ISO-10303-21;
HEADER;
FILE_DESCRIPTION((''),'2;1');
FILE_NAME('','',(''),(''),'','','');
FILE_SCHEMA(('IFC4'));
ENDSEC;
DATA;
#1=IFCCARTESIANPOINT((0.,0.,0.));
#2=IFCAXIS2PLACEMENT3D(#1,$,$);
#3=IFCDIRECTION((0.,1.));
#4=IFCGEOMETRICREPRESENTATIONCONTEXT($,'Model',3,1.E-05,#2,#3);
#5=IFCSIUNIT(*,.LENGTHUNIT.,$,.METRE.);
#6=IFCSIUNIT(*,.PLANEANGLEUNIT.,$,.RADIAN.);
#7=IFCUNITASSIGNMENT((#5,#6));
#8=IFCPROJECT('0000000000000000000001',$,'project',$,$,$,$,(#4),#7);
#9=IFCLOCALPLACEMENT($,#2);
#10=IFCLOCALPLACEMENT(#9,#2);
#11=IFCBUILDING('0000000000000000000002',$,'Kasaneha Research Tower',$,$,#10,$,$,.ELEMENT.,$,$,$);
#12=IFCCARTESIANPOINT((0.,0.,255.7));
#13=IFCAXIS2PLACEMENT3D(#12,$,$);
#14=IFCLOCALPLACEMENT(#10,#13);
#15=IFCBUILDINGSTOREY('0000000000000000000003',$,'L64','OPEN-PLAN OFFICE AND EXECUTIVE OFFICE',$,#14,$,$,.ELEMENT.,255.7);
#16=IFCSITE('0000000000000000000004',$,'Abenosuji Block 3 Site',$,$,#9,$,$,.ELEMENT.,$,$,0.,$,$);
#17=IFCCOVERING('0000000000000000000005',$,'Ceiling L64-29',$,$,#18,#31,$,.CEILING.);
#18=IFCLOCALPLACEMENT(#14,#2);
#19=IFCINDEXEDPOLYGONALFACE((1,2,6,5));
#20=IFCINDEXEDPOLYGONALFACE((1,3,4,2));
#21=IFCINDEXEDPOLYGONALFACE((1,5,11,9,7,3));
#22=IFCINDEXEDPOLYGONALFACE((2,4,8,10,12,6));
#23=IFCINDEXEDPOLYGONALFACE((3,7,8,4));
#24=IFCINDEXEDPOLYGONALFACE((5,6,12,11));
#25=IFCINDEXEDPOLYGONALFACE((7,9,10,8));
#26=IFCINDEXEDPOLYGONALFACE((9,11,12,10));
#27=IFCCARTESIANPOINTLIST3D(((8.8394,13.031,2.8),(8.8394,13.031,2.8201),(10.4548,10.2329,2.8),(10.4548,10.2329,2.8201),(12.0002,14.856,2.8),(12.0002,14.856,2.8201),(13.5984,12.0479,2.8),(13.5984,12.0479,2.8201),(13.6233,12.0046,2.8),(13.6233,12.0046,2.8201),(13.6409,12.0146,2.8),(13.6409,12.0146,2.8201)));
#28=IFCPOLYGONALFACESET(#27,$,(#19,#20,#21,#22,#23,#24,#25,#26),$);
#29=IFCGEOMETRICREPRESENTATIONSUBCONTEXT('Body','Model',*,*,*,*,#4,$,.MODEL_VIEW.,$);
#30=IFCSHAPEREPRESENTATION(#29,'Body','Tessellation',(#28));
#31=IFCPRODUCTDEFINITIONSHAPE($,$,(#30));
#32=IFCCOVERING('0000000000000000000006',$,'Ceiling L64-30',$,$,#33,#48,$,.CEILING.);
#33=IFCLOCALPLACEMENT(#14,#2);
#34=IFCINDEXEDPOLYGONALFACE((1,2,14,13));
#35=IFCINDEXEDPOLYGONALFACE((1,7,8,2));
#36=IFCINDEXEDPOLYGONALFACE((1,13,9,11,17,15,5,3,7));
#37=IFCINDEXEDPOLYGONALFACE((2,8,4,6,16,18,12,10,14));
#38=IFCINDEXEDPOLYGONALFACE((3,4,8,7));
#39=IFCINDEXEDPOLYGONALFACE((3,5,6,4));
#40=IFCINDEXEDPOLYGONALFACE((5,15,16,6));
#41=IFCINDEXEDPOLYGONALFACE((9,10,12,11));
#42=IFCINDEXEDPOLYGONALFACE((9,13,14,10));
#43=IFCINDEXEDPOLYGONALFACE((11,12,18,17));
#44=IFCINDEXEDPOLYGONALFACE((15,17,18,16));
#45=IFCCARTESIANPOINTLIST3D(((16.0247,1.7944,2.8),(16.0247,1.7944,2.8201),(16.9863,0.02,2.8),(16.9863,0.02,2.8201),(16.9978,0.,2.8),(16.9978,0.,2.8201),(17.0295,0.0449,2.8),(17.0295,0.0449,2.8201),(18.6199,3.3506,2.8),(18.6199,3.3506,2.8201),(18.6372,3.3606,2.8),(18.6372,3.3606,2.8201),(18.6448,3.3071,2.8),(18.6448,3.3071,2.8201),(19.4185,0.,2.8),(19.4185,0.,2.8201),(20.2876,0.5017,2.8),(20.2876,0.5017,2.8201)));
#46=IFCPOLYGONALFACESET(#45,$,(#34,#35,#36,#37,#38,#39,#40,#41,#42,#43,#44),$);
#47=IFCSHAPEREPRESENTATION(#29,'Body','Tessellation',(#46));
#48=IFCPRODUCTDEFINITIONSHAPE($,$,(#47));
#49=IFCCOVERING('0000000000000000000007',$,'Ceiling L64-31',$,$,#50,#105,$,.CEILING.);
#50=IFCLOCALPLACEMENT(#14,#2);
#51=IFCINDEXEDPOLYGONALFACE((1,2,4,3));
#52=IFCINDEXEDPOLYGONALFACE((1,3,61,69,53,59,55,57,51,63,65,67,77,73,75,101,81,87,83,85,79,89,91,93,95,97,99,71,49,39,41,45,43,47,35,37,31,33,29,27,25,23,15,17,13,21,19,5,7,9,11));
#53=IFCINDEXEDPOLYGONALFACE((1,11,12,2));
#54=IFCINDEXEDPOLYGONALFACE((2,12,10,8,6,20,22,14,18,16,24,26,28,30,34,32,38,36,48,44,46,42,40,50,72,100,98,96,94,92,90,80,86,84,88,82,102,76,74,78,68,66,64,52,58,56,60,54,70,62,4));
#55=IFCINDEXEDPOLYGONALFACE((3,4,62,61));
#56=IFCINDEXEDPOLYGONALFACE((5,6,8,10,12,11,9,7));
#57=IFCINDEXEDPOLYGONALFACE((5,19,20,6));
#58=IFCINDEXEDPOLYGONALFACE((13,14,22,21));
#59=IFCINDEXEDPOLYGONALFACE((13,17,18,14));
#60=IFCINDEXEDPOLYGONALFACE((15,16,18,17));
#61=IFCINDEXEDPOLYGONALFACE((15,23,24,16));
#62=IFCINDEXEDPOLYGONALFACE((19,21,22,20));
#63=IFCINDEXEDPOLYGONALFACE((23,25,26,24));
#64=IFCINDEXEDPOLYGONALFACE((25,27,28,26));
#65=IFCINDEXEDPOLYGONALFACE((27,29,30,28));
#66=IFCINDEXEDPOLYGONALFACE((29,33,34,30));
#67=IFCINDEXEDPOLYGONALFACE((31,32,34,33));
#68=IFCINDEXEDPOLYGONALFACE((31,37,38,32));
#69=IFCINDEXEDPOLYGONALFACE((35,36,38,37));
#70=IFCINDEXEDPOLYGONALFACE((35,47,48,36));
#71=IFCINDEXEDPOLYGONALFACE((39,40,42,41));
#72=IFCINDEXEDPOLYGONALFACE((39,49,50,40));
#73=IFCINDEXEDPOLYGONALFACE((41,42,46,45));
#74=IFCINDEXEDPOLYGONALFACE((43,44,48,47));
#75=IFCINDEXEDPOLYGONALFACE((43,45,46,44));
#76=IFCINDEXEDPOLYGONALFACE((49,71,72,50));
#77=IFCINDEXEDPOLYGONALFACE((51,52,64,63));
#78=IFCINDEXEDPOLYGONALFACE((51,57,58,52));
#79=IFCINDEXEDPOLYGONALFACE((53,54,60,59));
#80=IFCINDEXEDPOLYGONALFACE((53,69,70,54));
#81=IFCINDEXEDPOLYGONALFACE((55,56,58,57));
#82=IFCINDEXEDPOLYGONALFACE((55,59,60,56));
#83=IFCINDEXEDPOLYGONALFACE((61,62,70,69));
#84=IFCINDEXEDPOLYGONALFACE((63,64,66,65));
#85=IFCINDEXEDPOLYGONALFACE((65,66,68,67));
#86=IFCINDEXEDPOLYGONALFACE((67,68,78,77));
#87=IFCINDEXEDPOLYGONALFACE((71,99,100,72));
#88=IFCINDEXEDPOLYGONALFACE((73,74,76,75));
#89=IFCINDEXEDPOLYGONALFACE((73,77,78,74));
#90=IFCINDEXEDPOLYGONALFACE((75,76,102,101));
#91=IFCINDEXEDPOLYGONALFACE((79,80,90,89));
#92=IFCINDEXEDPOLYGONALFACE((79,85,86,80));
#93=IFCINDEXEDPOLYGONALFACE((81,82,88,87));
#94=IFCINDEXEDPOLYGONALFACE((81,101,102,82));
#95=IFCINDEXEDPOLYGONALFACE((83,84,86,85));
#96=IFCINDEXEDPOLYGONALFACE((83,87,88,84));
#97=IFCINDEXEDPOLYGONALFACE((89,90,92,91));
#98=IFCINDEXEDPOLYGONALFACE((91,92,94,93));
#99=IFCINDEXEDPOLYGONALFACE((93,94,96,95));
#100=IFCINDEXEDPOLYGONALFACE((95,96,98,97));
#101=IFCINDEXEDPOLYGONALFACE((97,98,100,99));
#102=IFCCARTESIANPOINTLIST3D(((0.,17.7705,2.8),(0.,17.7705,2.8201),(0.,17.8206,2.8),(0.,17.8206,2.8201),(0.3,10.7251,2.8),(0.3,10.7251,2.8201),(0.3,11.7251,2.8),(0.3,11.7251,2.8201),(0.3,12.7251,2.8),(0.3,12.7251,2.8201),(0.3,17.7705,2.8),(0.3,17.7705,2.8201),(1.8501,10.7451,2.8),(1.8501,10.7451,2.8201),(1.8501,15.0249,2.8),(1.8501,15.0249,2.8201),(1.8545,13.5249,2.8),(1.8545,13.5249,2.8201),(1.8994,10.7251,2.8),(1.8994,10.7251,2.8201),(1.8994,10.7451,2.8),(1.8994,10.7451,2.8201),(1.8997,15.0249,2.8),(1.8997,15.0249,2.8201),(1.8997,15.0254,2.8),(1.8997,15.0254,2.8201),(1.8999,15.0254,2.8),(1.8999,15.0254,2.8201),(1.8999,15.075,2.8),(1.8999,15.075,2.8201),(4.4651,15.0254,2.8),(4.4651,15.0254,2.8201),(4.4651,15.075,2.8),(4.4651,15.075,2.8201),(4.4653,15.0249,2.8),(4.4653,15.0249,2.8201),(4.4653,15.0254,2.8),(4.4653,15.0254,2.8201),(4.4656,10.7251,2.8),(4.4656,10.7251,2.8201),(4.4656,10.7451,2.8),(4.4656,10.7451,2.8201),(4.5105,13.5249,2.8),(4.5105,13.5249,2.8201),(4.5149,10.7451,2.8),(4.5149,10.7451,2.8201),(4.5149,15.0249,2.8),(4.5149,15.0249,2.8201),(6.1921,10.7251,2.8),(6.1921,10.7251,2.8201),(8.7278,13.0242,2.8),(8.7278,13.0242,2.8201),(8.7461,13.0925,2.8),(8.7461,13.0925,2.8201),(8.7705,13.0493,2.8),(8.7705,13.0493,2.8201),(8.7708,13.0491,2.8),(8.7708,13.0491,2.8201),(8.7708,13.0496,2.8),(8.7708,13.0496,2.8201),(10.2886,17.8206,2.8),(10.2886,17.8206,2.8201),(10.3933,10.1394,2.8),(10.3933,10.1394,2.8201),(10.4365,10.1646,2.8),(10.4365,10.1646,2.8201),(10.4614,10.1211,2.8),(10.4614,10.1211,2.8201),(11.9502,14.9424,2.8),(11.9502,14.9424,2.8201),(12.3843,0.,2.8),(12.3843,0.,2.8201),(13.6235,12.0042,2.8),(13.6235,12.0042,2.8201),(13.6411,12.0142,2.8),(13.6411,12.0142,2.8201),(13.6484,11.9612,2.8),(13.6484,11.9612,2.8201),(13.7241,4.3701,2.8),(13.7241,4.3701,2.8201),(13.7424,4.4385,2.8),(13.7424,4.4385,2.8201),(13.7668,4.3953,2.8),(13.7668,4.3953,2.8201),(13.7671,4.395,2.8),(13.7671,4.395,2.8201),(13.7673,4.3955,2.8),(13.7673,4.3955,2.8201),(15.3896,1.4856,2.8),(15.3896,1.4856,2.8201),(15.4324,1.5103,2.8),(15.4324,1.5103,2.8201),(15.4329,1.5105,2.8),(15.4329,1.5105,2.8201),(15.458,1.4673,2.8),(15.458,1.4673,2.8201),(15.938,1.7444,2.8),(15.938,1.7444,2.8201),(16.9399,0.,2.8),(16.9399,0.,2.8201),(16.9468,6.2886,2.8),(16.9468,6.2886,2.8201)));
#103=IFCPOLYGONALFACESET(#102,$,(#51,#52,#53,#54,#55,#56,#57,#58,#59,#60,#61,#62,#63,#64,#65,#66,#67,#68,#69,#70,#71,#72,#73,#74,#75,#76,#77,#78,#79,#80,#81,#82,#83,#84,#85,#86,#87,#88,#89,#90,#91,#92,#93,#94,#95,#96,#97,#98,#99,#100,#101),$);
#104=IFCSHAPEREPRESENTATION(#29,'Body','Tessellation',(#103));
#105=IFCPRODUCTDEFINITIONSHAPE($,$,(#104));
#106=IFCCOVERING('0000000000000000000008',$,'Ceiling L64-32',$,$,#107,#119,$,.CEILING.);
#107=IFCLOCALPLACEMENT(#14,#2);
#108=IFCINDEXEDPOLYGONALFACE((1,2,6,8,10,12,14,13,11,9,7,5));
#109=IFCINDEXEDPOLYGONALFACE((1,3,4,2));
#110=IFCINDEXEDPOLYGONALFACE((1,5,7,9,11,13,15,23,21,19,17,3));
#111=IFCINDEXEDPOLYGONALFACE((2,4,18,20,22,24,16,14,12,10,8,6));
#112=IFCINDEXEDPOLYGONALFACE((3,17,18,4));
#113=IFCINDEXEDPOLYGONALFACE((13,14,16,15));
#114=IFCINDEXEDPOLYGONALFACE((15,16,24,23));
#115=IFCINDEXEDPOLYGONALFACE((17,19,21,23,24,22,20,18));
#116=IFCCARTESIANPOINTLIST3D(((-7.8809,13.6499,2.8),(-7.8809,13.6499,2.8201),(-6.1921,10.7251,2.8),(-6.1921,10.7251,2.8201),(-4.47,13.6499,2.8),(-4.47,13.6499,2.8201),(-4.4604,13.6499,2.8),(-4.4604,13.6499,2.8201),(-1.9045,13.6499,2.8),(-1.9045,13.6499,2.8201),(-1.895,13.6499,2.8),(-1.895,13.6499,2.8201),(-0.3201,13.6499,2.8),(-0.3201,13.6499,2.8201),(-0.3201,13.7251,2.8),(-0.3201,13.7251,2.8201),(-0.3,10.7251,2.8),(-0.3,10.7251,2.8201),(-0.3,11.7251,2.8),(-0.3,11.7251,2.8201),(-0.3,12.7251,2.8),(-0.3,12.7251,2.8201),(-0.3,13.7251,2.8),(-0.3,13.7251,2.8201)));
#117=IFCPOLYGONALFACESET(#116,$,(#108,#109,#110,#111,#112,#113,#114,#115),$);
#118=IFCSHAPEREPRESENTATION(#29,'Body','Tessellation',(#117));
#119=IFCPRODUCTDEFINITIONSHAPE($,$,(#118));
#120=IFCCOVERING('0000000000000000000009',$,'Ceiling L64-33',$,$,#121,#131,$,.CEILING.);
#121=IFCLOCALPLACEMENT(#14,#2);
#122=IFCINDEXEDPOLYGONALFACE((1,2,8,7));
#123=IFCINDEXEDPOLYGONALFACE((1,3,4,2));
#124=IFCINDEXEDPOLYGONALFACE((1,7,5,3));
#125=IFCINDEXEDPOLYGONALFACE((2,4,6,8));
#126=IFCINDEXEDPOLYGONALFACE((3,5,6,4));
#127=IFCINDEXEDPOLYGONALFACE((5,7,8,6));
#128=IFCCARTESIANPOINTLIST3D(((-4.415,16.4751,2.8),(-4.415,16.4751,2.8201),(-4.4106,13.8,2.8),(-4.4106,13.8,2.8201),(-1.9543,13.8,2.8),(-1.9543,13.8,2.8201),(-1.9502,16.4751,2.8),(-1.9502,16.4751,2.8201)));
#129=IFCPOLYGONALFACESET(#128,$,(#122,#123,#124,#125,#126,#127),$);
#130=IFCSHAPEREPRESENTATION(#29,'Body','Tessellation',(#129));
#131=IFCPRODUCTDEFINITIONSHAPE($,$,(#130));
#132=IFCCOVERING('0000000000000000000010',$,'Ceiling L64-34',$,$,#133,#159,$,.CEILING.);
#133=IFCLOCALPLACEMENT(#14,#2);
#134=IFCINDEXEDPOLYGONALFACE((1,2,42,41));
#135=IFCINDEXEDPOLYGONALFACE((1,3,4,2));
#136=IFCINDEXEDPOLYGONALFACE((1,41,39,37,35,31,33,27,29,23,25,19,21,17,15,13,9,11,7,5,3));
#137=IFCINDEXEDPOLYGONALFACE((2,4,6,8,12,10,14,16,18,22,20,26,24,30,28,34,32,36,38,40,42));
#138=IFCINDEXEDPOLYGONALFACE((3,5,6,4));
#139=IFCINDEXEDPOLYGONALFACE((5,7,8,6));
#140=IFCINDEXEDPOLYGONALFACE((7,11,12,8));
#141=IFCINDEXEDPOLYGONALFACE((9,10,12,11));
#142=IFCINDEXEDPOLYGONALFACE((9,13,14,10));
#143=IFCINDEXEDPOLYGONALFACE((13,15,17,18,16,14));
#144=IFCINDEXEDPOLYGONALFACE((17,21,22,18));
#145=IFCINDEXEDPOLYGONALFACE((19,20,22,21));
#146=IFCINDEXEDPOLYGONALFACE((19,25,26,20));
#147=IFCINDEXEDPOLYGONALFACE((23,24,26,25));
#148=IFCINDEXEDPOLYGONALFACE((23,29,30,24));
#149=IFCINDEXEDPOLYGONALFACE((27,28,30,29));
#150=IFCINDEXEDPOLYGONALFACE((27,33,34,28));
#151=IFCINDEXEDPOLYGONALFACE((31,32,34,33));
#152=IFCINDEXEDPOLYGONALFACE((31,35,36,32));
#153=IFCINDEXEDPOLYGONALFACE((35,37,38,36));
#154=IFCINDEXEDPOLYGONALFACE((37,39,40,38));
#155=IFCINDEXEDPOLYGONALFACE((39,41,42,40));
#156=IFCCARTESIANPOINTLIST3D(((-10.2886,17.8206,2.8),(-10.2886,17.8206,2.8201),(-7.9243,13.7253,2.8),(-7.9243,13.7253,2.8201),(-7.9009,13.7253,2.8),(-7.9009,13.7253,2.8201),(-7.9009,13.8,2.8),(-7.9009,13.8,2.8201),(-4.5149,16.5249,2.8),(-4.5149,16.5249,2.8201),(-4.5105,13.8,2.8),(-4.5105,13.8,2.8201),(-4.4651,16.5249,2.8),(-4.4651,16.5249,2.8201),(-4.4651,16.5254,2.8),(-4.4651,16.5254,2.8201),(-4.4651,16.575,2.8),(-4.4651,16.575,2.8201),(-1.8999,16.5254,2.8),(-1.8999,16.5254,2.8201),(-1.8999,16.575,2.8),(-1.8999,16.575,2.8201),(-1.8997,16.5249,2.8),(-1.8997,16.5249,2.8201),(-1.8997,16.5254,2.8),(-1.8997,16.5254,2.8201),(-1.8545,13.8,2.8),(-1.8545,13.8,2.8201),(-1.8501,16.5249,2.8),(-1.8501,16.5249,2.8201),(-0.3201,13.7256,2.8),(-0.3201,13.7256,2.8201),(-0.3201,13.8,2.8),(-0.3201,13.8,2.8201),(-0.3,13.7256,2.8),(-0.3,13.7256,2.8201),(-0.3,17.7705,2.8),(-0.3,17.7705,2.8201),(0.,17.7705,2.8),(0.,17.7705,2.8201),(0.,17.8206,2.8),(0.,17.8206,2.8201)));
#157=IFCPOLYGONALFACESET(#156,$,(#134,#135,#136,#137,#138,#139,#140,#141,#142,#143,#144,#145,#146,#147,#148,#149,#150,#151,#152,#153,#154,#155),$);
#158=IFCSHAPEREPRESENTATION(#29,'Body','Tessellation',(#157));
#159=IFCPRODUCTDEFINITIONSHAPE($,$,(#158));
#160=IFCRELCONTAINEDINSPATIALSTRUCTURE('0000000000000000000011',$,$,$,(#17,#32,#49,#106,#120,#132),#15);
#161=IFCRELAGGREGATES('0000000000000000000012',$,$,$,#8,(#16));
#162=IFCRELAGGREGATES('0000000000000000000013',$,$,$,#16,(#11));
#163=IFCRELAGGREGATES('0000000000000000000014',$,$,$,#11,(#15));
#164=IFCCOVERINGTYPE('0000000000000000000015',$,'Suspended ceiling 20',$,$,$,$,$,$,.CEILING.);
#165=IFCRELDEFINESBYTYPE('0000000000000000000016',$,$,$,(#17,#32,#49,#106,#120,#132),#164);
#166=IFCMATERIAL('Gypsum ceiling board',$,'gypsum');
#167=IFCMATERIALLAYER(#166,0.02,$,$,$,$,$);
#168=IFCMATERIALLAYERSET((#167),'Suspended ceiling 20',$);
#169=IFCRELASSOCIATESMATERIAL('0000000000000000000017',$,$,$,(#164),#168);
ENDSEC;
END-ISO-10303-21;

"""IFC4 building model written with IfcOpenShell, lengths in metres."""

from ifc_helpers import new_model, si_unit, direction, frame, origin, place, context, subcontext, project, spatial, polyline, outline, extrude, material, layer, layer_set, type_object, element, save


model = new_model("IFC4")

# Units and contexts
model_context = context("Model", 3, precision=1e-05, world=origin(), true_north=direction((0.0, 1.0)))
body_context = subcontext(model_context, "Body", "Model", "MODEL_VIEW")
ifc_project = project(units=[si_unit("LENGTHUNIT", "METRE"), si_unit("PLANEANGLEUNIT", "RADIAN")], contexts=[model_context])

# Site, building, storey
site_placement = place(None, origin())
site = spatial("IfcSite", under=ifc_project, at=site_placement, Name="Abenosuji Block 3 Site", CompositionType="ELEMENT", RefElevation=0.0)
building_placement = place(site_placement, origin())
building = spatial("IfcBuilding", under=site, at=building_placement, Name="Kasaneha Research Tower", CompositionType="ELEMENT")
storey_placement = place(building_placement, frame((0.0, 0.0, 255.7)))
storey = spatial("IfcBuildingStorey", under=building, at=storey_placement, Name="L64", Description="OPEN-PLAN OFFICE AND EXECUTIVE OFFICE", CompositionType="ELEMENT", Elevation=255.7)

# Coverings
ifc_material_1 = material(Name="Gypsum ceiling board", Category="gypsum")
ifc_layer_1 = layer(ifc_material_1, 0.02)
ifc_layer_set_1 = layer_set([ifc_layer_1], Name="Suspended ceiling 20")
covering_type_1 = type_object("IfcCoveringType", Name="Suspended ceiling 20", PredefinedType="CEILING", material=ifc_layer_set_1)
covering_1_placement = place(storey_placement, frame((0.0, 0.0, 2.8)))
element("IfcCovering", 1, at=covering_1_placement, inside=storey, type_object=covering_type_1, Name="Ceiling L64-29", PredefinedType="CEILING", context=body_context, shape_type="SweptSolid", body=[
    extrude(outline(polyline([(13.6409, 12.0146), (13.6233, 12.0046), (13.5984, 12.0479), (10.4548, 10.2329), (8.8394, 13.031), (12.0002, 14.856), (13.6409, 12.0146)])), origin(), (0.0, 0.0, 1.0), 0.02),
])
covering_2_placement = place(storey_placement, frame((0.0, 0.0, 2.8)))
element("IfcCovering", 2, at=covering_2_placement, inside=storey, type_object=covering_type_1, Name="Ceiling L64-30", PredefinedType="CEILING", context=body_context, shape_type="SweptSolid", body=[
    extrude(outline(polyline([(16.9978, 0.0), (16.9863, 0.02), (17.0295, 0.0449), (16.0247, 1.7944), (18.6448, 3.3071), (18.6199, 3.3506), (18.6372, 3.3606), (20.2876, 0.5017), (19.4185, 0.0), (16.9978, 0.0)])), origin(), (0.0, 0.0, 1.0), 0.02),
])
covering_3_placement = place(storey_placement, frame((0.0, 0.0, 2.8)))
element("IfcCovering", 3, at=covering_3_placement, inside=storey, type_object=covering_type_1, Name="Ceiling L64-31", PredefinedType="CEILING", context=body_context, shape_type="SweptSolid", body=[
    extrude(outline(polyline([(4.4656, 10.7251), (4.4656, 10.7451), (4.5149, 10.7451), (4.5105, 13.5249), (4.5149, 15.0249), (4.4653, 15.0249), (4.4653, 15.0254), (4.4651, 15.0254), (4.4651, 15.075), (1.8999, 15.075), (1.8999, 15.0254), (1.8997, 15.0254), (1.8997, 15.0249), (1.8501, 15.0249), (1.8545, 13.5249), (1.8501, 10.7451), (1.8994, 10.7451), (1.8994, 10.7251), (0.3, 10.7251), (0.3, 11.7251), (0.3, 12.7251), (0.3, 17.7705), (0.3, 17.7705), (0.0, 17.7705), (0.0, 17.8206), (10.2886, 17.8206), (11.9502, 14.9424), (8.7461, 13.0925), (8.7708, 13.0496), (8.7705, 13.0493), (8.7708, 13.0491), (8.7278, 13.0242), (10.3933, 10.1394), (10.4365, 10.1646), (10.4614, 10.1211), (13.6484, 11.9612), (13.6235, 12.0042), (13.6411, 12.0142), (16.9468, 6.2886), (13.7424, 4.4385), (13.7673, 4.3955), (13.7668, 4.3953), (13.7671, 4.395), (13.7241, 4.3701), (15.3896, 1.4856), (15.4324, 1.5103), (15.4324, 1.5103), (15.4329, 1.5105), (15.458, 1.4673), (15.938, 1.7444), (16.9399, 0.0), (12.3843, 0.0), (6.1921, 10.7251), (4.4656, 10.7251)])), origin(), (0.0, 0.0, 1.0), 0.02),
])
covering_4_placement = place(storey_placement, frame((0.0, 0.0, 2.8)))
element("IfcCovering", 4, at=covering_4_placement, inside=storey, type_object=covering_type_1, Name="Ceiling L64-32", PredefinedType="CEILING", context=body_context, shape_type="SweptSolid", body=[
    extrude(outline(polyline([(-0.3, 11.7251), (-0.3, 10.7251), (-6.1921, 10.7251), (-7.8809, 13.6499), (-4.47, 13.6499), (-4.4604, 13.6499), (-1.9045, 13.6499), (-1.895, 13.6499), (-0.3201, 13.6499), (-0.3201, 13.7251), (-0.3, 13.7251), (-0.3, 12.7251), (-0.3, 11.7251)])), origin(), (0.0, 0.0, 1.0), 0.02),
])
covering_5_placement = place(storey_placement, frame((0.0, 0.0, 2.8)))
element("IfcCovering", 5, at=covering_5_placement, inside=storey, type_object=covering_type_1, Name="Ceiling L64-33", PredefinedType="CEILING", context=body_context, shape_type="SweptSolid", body=[
    extrude(outline(polyline([(-1.9502, 16.4751), (-1.9543, 13.8), (-4.4106, 13.8), (-4.415, 16.4751), (-1.9502, 16.4751)])), origin(), (0.0, 0.0, 1.0), 0.02),
])
covering_6_placement = place(storey_placement, frame((0.0, 0.0, 2.8)))
element("IfcCovering", 6, at=covering_6_placement, inside=storey, type_object=covering_type_1, Name="Ceiling L64-34", PredefinedType="CEILING", context=body_context, shape_type="SweptSolid", body=[
    extrude(outline(polyline([(-0.3201, 13.7256), (-0.3201, 13.8), (-1.8545, 13.8), (-1.8501, 16.5249), (-1.8997, 16.5249), (-1.8997, 16.5254), (-1.8999, 16.5254), (-1.8999, 16.575), (-4.4651, 16.575), (-4.4651, 16.5254), (-4.4651, 16.5249), (-4.5149, 16.5249), (-4.5105, 13.8), (-7.9009, 13.8), (-7.9009, 13.7253), (-7.9243, 13.7253), (-10.2886, 17.8206), (0.0, 17.8206), (0.0, 17.7705), (-0.3, 17.7705), (-0.3, 17.7705), (-0.3, 13.7256), (-0.3201, 13.7256)])), origin(), (0.0, 0.0, 1.0), 0.02),
])

save(model, "model.ifc")
